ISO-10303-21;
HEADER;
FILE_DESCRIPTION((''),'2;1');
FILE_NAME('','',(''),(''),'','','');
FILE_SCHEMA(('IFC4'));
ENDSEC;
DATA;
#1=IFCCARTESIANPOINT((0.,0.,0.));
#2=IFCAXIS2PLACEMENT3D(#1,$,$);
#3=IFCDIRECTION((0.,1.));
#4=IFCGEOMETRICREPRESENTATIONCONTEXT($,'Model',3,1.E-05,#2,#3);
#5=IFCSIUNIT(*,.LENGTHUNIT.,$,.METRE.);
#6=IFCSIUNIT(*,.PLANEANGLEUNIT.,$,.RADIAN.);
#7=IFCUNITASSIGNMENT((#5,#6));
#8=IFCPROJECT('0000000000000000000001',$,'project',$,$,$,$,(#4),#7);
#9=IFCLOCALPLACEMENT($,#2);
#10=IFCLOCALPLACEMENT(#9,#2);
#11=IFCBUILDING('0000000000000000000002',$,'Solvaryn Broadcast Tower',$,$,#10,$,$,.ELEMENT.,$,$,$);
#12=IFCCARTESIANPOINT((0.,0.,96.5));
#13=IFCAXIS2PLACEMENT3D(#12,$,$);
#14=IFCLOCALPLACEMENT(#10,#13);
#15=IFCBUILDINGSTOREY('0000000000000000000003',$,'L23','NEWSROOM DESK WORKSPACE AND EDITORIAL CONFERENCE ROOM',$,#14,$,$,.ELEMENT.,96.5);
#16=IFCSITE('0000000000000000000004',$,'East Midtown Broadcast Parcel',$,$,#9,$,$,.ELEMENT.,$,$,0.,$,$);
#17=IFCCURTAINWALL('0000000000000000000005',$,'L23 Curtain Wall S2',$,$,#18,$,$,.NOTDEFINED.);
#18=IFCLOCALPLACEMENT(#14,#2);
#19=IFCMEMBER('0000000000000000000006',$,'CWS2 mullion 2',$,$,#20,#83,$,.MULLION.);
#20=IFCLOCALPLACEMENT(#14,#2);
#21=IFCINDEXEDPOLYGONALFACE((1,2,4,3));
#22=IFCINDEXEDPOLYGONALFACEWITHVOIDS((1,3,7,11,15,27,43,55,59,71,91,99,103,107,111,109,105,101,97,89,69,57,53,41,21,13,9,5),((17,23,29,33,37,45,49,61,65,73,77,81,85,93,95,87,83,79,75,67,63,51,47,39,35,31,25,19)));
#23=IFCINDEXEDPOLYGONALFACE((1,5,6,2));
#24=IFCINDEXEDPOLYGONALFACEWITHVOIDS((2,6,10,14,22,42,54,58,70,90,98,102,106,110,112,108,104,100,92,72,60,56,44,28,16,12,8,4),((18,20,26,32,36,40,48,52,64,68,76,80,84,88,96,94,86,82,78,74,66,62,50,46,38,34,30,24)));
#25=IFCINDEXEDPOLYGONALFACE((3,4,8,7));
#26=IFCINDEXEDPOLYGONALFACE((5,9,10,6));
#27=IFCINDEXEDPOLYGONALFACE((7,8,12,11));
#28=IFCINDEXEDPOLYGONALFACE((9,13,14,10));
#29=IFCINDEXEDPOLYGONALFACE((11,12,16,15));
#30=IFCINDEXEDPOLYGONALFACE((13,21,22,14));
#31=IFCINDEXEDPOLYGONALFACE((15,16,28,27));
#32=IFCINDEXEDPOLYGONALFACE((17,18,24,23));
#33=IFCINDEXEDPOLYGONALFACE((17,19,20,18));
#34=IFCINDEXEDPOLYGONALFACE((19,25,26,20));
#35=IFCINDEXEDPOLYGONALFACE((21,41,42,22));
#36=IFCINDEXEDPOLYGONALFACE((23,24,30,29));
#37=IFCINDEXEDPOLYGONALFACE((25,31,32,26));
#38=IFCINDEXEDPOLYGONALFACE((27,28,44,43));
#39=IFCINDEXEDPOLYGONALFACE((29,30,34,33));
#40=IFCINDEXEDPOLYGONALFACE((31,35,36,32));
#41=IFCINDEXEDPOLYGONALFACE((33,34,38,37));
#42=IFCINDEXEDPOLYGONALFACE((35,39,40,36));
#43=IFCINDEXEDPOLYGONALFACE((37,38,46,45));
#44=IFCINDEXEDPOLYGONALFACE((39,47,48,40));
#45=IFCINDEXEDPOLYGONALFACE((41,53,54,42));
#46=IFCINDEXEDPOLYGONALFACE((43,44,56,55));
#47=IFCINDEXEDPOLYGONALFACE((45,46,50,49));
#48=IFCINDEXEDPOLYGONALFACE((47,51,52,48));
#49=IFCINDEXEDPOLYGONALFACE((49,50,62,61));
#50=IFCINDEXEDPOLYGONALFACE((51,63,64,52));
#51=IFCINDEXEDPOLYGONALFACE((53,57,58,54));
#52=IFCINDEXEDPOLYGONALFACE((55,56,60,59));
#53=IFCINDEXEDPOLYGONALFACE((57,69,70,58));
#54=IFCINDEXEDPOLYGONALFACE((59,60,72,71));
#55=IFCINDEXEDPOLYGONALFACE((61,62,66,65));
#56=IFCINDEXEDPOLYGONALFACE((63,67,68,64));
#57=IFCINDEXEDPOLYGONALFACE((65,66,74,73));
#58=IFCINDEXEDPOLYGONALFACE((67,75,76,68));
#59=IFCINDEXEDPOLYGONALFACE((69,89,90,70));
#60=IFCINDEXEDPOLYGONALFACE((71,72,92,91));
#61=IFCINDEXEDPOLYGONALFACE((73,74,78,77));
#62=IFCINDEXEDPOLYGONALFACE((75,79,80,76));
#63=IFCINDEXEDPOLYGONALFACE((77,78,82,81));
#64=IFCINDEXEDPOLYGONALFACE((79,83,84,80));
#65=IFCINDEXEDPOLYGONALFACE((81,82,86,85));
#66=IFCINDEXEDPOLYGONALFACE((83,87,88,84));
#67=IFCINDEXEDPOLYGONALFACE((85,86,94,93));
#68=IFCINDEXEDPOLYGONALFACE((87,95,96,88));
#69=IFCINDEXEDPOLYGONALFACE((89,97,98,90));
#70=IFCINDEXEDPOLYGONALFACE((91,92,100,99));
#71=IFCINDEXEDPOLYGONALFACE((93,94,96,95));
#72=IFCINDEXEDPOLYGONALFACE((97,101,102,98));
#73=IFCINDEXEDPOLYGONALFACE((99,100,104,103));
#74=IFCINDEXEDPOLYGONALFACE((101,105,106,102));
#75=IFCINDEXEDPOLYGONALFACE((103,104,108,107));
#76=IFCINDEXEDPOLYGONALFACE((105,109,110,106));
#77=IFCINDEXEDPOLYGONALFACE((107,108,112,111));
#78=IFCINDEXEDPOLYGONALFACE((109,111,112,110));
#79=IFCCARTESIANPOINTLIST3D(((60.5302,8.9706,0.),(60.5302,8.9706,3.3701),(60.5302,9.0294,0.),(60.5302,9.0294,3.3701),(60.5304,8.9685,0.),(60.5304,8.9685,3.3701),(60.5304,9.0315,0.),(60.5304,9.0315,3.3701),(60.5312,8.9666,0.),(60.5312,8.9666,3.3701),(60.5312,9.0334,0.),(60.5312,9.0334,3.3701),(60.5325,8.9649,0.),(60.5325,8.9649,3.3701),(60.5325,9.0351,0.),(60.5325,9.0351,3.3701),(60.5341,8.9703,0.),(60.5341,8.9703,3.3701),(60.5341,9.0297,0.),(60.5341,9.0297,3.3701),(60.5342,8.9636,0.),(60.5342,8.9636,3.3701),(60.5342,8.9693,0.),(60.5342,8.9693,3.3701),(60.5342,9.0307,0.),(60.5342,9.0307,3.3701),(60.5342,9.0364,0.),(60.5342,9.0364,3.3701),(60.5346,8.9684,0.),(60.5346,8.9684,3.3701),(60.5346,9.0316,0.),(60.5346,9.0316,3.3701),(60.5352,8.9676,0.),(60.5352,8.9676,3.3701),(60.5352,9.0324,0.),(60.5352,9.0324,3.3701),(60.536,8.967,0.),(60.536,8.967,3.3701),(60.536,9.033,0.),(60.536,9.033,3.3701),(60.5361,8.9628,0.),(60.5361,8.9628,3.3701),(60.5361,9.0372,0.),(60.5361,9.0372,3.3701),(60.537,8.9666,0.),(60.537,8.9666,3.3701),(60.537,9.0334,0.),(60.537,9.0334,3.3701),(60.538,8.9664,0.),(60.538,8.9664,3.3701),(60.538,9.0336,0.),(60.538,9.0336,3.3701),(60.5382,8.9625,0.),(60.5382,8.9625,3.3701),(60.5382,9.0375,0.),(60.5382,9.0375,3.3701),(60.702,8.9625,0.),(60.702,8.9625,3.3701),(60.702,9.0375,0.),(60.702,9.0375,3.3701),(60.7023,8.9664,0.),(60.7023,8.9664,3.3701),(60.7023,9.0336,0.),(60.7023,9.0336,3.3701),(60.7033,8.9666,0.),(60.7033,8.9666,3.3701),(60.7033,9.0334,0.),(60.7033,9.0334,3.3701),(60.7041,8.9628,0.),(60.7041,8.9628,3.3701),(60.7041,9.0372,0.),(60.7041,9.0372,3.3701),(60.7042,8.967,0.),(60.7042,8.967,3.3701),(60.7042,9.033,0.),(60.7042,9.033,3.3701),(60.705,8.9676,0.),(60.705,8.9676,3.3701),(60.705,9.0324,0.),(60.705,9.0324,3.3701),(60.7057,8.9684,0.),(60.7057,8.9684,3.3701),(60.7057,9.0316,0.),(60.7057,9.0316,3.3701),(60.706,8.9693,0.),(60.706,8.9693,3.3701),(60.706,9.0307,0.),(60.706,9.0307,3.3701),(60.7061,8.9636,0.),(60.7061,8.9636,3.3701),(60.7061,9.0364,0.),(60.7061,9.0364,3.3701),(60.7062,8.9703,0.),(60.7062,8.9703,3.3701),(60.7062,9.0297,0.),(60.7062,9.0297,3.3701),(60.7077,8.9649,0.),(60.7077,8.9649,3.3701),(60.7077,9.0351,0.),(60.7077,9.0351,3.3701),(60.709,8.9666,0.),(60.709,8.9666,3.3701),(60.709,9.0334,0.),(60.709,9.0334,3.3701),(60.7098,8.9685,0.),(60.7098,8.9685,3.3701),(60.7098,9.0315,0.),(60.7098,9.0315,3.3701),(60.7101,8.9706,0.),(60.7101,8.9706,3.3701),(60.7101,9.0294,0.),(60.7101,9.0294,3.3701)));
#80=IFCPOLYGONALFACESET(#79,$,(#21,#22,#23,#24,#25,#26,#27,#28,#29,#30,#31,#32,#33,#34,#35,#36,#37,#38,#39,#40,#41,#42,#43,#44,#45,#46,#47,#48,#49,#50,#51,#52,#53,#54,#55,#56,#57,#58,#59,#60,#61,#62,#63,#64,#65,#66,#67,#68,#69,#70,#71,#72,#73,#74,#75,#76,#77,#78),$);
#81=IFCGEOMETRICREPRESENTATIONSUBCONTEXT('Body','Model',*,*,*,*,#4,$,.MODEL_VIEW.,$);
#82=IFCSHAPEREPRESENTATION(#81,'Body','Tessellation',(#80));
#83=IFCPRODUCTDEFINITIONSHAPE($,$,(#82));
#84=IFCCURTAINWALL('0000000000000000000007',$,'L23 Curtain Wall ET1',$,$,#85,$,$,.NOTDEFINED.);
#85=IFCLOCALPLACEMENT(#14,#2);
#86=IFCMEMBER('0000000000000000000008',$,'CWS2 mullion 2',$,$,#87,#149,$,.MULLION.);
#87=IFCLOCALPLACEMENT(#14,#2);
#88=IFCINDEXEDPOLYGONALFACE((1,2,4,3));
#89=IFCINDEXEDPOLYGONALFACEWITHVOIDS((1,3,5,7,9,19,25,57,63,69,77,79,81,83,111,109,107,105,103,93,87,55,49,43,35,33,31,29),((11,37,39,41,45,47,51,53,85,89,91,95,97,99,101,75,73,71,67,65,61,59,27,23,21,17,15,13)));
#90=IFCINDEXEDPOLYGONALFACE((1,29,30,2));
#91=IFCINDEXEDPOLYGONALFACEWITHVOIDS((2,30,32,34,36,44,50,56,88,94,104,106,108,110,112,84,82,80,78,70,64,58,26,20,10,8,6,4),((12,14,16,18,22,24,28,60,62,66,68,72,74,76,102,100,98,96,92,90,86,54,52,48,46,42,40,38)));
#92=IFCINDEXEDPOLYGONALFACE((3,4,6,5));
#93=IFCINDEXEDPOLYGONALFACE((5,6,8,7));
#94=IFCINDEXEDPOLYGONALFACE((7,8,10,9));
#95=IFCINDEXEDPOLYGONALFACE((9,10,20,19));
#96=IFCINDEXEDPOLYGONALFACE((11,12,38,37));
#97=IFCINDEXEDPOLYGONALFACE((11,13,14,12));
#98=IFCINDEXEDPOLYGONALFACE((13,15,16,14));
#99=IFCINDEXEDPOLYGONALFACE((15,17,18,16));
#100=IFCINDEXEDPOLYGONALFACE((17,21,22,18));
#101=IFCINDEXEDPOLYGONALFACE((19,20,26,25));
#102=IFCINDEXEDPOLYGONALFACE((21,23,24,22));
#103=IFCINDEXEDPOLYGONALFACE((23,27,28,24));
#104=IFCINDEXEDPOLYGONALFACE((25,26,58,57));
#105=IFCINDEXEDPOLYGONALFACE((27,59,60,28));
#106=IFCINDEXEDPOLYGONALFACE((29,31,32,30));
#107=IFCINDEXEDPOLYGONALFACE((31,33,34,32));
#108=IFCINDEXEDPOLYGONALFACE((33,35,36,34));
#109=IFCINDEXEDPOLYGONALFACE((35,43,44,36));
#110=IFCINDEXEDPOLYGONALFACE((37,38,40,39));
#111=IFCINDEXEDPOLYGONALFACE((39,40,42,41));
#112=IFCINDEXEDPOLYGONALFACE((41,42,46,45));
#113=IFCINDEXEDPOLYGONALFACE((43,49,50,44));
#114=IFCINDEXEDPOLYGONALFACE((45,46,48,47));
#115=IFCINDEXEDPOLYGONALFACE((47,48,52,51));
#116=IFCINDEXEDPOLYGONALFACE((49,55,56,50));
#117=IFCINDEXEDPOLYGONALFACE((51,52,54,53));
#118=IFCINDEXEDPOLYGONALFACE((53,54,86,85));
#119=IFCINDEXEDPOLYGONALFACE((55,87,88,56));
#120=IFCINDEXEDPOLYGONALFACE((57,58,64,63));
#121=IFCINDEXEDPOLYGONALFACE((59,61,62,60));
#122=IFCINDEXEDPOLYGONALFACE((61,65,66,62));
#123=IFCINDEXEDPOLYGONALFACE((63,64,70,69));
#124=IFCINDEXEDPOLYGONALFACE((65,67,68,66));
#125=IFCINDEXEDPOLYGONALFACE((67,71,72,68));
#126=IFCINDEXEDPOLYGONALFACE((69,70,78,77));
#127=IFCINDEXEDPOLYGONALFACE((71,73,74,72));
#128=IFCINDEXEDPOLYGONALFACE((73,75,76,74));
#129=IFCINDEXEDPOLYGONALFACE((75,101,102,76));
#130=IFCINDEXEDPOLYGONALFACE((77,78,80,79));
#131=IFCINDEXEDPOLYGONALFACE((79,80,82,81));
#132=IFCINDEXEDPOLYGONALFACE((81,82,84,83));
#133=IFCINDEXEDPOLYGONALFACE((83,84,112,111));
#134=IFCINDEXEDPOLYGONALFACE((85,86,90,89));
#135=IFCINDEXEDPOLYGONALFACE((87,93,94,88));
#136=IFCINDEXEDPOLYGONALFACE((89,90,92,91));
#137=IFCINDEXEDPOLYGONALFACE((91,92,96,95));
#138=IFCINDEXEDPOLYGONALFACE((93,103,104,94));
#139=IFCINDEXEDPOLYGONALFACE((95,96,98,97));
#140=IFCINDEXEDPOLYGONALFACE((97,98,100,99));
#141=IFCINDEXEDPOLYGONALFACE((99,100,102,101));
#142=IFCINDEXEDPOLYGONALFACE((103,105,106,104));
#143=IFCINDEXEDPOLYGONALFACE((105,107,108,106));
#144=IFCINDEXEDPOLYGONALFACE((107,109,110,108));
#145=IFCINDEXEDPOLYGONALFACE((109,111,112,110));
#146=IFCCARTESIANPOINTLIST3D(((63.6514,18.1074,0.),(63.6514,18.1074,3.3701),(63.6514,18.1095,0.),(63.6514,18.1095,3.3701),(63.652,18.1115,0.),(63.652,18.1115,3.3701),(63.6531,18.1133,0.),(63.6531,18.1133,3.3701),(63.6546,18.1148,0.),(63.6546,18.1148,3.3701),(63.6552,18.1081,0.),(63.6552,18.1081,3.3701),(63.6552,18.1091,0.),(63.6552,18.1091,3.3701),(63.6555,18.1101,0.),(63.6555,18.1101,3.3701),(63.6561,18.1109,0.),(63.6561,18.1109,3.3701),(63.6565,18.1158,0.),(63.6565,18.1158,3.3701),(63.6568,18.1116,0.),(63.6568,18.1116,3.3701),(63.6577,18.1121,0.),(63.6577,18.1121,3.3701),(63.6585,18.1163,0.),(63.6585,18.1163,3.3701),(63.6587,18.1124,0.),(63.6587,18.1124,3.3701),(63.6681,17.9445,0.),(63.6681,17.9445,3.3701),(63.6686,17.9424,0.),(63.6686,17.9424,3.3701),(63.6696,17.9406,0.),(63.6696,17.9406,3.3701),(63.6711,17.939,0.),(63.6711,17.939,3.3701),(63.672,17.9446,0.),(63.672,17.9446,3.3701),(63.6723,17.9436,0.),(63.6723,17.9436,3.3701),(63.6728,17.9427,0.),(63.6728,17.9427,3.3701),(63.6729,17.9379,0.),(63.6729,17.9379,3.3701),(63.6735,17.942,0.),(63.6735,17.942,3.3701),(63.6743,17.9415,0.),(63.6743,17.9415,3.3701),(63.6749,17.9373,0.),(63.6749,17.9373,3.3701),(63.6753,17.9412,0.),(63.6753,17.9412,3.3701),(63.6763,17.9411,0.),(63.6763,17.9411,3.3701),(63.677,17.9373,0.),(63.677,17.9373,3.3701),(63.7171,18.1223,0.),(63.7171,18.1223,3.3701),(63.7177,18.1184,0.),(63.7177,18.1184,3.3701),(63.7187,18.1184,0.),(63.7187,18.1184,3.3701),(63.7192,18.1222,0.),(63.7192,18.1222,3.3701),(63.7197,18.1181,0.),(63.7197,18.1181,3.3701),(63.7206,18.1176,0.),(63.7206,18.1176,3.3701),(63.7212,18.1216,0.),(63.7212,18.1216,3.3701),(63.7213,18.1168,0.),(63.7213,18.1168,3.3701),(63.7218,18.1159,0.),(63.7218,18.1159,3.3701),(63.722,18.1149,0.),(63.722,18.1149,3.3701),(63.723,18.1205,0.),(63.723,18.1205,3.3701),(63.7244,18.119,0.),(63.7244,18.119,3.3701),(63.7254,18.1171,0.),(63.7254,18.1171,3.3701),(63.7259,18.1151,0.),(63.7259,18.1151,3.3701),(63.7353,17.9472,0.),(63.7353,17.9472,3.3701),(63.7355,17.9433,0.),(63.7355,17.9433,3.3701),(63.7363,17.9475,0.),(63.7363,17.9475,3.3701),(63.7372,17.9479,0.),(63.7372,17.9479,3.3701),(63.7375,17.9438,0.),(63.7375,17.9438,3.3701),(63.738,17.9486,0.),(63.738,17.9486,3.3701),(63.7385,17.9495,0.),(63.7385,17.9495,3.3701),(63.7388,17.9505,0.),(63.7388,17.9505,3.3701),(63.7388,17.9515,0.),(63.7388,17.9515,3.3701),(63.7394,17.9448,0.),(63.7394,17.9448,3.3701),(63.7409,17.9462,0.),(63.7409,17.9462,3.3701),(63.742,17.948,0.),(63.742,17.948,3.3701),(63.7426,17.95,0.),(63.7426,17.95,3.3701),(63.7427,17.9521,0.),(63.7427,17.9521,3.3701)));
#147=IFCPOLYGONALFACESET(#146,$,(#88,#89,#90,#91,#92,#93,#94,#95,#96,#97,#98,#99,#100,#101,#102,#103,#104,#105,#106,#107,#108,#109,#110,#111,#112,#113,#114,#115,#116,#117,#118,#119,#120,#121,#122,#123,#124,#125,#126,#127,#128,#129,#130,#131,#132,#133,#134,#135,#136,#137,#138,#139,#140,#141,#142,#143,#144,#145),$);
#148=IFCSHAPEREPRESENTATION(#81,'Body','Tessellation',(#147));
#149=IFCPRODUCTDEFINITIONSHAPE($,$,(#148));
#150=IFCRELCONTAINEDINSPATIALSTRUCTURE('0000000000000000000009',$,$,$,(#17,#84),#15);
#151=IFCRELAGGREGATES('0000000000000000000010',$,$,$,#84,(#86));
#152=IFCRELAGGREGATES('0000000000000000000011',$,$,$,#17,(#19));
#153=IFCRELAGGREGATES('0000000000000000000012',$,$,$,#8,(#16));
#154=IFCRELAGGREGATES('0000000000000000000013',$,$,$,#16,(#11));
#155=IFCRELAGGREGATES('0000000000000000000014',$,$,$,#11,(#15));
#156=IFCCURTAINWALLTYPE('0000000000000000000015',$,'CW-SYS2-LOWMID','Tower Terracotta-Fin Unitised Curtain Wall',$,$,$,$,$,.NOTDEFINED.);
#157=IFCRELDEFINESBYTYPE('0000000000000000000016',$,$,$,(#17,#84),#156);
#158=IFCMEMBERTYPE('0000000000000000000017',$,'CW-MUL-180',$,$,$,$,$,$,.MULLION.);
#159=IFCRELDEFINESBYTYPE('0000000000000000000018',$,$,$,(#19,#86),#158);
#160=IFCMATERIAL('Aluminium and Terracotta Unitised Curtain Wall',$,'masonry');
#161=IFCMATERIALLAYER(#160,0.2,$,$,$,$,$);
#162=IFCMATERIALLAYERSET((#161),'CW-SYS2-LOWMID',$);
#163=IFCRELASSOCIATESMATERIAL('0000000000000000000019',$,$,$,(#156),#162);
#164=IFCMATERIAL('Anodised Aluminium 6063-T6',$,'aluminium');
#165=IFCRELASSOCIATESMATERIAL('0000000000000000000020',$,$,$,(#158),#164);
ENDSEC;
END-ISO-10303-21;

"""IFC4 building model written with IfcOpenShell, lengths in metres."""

from ifc_helpers import new_model, si_unit, direction, frame, origin, origin_2d, place, context, subcontext, project, spatial, hollow_rectangle, extrude, material, layer, layer_set, material_profile, profile_set, type_object, element, aggregate, save


model = new_model("IFC4")

# Units and contexts
model_context = context("Model", 3, precision=1e-05, world=origin(), true_north=direction((0.0, 1.0)))
body_context = subcontext(model_context, "Body", "Model", "MODEL_VIEW")
ifc_project = project(units=[si_unit("LENGTHUNIT", "METRE"), si_unit("PLANEANGLEUNIT", "RADIAN")], contexts=[model_context])

# Site, building, storey
site_placement = place(None, origin())
site = spatial("IfcSite", under=ifc_project, at=site_placement, Name="East Midtown Broadcast Parcel", CompositionType="ELEMENT", RefElevation=0.0)
building_placement = place(site_placement, origin())
building = spatial("IfcBuilding", under=site, at=building_placement, Name="Solvaryn Broadcast Tower", CompositionType="ELEMENT")
storey_placement = place(building_placement, frame((0.0, 0.0, 96.5)))
storey = spatial("IfcBuildingStorey", under=building, at=storey_placement, Name="L23", Description="NEWSROOM DESK WORKSPACE AND EDITORIAL CONFERENCE ROOM", CompositionType="ELEMENT", Elevation=96.5)

# Curtain walls, members
ifc_material_1 = material(Name="Aluminium and Terracotta Unitised Curtain Wall", Category="masonry")
ifc_layer_1 = layer(ifc_material_1, 0.2)
ifc_layer_set_1 = layer_set([ifc_layer_1], Name="CW-SYS2-LOWMID")
curtain_wall_type = type_object("IfcCurtainWallType", Name="CW-SYS2-LOWMID", Description="Tower Terracotta-Fin Unitised Curtain Wall", PredefinedType="NOTDEFINED", material=ifc_layer_set_1)
curtain_wall_1_placement = place(storey_placement, origin())
curtain_wall_1 = element("IfcCurtainWall", 1, at=curtain_wall_1_placement, inside=storey, type_object=curtain_wall_type, Name="L23 Curtain Wall S2", PredefinedType="NOTDEFINED")
ifc_material_2 = material(Name="Anodised Aluminium 6063-T6", Category="aluminium")
ifc_material_profile_1 = material_profile(ifc_material_2, hollow_rectangle(XDim=0.075, YDim=0.1799, WallThickness=0.0039, InnerFilletRadius=0.0039, OuterFilletRadius=0.0081, at=origin_2d()))
ifc_profile_set_1 = profile_set([ifc_material_profile_1], Name="Anodised Aluminium 6063-T6")
member_type_1 = type_object("IfcMemberType", Name="CW-MUL-180", PredefinedType="MULLION", material=ifc_profile_set_1)
member_1_placement = place(storey_placement, frame((60.6201, 9.0, 0.0), z_axis=(0.0, 0.0, 1.0), x_axis=(0.0, 1.0, 0.0)))
member_1 = element("IfcMember", 2, at=member_1_placement, type_object=member_type_1, Name="CWS2 mullion 2", PredefinedType="MULLION", context=body_context, shape_type="SweptSolid", body=[
    extrude(hollow_rectangle(XDim=0.075, YDim=0.1799, WallThickness=0.0039, InnerFilletRadius=0.0039, OuterFilletRadius=0.0081, at=origin_2d()), origin(), (0.0, 0.0, 1.0), 3.3701),
])
curtain_wall_2_placement = place(storey_placement, origin())
curtain_wall_2 = element("IfcCurtainWall", 3, at=curtain_wall_2_placement, inside=storey, type_object=curtain_wall_type, Name="L23 Curtain Wall ET1", PredefinedType="NOTDEFINED")
member_2_placement = place(storey_placement, frame((63.697, 18.0298, 0.0), z_axis=(0.0, 0.0, 1.0), x_axis=(0.994743, 0.1024, 0.0)))
member_2 = element("IfcMember", 4, at=member_2_placement, type_object=member_type_1, Name="CWS2 mullion 2", PredefinedType="MULLION", context=body_context, shape_type="SweptSolid", body=[
    extrude(hollow_rectangle(XDim=0.075, YDim=0.1799, WallThickness=0.0039, InnerFilletRadius=0.0039, OuterFilletRadius=0.0081, at=origin_2d()), origin(), (0.0, 0.0, 1.0), 3.3701),
])
aggregate(curtain_wall_2, [member_2])

aggregate(curtain_wall_1, [member_1])

save(model, "model.ifc")
